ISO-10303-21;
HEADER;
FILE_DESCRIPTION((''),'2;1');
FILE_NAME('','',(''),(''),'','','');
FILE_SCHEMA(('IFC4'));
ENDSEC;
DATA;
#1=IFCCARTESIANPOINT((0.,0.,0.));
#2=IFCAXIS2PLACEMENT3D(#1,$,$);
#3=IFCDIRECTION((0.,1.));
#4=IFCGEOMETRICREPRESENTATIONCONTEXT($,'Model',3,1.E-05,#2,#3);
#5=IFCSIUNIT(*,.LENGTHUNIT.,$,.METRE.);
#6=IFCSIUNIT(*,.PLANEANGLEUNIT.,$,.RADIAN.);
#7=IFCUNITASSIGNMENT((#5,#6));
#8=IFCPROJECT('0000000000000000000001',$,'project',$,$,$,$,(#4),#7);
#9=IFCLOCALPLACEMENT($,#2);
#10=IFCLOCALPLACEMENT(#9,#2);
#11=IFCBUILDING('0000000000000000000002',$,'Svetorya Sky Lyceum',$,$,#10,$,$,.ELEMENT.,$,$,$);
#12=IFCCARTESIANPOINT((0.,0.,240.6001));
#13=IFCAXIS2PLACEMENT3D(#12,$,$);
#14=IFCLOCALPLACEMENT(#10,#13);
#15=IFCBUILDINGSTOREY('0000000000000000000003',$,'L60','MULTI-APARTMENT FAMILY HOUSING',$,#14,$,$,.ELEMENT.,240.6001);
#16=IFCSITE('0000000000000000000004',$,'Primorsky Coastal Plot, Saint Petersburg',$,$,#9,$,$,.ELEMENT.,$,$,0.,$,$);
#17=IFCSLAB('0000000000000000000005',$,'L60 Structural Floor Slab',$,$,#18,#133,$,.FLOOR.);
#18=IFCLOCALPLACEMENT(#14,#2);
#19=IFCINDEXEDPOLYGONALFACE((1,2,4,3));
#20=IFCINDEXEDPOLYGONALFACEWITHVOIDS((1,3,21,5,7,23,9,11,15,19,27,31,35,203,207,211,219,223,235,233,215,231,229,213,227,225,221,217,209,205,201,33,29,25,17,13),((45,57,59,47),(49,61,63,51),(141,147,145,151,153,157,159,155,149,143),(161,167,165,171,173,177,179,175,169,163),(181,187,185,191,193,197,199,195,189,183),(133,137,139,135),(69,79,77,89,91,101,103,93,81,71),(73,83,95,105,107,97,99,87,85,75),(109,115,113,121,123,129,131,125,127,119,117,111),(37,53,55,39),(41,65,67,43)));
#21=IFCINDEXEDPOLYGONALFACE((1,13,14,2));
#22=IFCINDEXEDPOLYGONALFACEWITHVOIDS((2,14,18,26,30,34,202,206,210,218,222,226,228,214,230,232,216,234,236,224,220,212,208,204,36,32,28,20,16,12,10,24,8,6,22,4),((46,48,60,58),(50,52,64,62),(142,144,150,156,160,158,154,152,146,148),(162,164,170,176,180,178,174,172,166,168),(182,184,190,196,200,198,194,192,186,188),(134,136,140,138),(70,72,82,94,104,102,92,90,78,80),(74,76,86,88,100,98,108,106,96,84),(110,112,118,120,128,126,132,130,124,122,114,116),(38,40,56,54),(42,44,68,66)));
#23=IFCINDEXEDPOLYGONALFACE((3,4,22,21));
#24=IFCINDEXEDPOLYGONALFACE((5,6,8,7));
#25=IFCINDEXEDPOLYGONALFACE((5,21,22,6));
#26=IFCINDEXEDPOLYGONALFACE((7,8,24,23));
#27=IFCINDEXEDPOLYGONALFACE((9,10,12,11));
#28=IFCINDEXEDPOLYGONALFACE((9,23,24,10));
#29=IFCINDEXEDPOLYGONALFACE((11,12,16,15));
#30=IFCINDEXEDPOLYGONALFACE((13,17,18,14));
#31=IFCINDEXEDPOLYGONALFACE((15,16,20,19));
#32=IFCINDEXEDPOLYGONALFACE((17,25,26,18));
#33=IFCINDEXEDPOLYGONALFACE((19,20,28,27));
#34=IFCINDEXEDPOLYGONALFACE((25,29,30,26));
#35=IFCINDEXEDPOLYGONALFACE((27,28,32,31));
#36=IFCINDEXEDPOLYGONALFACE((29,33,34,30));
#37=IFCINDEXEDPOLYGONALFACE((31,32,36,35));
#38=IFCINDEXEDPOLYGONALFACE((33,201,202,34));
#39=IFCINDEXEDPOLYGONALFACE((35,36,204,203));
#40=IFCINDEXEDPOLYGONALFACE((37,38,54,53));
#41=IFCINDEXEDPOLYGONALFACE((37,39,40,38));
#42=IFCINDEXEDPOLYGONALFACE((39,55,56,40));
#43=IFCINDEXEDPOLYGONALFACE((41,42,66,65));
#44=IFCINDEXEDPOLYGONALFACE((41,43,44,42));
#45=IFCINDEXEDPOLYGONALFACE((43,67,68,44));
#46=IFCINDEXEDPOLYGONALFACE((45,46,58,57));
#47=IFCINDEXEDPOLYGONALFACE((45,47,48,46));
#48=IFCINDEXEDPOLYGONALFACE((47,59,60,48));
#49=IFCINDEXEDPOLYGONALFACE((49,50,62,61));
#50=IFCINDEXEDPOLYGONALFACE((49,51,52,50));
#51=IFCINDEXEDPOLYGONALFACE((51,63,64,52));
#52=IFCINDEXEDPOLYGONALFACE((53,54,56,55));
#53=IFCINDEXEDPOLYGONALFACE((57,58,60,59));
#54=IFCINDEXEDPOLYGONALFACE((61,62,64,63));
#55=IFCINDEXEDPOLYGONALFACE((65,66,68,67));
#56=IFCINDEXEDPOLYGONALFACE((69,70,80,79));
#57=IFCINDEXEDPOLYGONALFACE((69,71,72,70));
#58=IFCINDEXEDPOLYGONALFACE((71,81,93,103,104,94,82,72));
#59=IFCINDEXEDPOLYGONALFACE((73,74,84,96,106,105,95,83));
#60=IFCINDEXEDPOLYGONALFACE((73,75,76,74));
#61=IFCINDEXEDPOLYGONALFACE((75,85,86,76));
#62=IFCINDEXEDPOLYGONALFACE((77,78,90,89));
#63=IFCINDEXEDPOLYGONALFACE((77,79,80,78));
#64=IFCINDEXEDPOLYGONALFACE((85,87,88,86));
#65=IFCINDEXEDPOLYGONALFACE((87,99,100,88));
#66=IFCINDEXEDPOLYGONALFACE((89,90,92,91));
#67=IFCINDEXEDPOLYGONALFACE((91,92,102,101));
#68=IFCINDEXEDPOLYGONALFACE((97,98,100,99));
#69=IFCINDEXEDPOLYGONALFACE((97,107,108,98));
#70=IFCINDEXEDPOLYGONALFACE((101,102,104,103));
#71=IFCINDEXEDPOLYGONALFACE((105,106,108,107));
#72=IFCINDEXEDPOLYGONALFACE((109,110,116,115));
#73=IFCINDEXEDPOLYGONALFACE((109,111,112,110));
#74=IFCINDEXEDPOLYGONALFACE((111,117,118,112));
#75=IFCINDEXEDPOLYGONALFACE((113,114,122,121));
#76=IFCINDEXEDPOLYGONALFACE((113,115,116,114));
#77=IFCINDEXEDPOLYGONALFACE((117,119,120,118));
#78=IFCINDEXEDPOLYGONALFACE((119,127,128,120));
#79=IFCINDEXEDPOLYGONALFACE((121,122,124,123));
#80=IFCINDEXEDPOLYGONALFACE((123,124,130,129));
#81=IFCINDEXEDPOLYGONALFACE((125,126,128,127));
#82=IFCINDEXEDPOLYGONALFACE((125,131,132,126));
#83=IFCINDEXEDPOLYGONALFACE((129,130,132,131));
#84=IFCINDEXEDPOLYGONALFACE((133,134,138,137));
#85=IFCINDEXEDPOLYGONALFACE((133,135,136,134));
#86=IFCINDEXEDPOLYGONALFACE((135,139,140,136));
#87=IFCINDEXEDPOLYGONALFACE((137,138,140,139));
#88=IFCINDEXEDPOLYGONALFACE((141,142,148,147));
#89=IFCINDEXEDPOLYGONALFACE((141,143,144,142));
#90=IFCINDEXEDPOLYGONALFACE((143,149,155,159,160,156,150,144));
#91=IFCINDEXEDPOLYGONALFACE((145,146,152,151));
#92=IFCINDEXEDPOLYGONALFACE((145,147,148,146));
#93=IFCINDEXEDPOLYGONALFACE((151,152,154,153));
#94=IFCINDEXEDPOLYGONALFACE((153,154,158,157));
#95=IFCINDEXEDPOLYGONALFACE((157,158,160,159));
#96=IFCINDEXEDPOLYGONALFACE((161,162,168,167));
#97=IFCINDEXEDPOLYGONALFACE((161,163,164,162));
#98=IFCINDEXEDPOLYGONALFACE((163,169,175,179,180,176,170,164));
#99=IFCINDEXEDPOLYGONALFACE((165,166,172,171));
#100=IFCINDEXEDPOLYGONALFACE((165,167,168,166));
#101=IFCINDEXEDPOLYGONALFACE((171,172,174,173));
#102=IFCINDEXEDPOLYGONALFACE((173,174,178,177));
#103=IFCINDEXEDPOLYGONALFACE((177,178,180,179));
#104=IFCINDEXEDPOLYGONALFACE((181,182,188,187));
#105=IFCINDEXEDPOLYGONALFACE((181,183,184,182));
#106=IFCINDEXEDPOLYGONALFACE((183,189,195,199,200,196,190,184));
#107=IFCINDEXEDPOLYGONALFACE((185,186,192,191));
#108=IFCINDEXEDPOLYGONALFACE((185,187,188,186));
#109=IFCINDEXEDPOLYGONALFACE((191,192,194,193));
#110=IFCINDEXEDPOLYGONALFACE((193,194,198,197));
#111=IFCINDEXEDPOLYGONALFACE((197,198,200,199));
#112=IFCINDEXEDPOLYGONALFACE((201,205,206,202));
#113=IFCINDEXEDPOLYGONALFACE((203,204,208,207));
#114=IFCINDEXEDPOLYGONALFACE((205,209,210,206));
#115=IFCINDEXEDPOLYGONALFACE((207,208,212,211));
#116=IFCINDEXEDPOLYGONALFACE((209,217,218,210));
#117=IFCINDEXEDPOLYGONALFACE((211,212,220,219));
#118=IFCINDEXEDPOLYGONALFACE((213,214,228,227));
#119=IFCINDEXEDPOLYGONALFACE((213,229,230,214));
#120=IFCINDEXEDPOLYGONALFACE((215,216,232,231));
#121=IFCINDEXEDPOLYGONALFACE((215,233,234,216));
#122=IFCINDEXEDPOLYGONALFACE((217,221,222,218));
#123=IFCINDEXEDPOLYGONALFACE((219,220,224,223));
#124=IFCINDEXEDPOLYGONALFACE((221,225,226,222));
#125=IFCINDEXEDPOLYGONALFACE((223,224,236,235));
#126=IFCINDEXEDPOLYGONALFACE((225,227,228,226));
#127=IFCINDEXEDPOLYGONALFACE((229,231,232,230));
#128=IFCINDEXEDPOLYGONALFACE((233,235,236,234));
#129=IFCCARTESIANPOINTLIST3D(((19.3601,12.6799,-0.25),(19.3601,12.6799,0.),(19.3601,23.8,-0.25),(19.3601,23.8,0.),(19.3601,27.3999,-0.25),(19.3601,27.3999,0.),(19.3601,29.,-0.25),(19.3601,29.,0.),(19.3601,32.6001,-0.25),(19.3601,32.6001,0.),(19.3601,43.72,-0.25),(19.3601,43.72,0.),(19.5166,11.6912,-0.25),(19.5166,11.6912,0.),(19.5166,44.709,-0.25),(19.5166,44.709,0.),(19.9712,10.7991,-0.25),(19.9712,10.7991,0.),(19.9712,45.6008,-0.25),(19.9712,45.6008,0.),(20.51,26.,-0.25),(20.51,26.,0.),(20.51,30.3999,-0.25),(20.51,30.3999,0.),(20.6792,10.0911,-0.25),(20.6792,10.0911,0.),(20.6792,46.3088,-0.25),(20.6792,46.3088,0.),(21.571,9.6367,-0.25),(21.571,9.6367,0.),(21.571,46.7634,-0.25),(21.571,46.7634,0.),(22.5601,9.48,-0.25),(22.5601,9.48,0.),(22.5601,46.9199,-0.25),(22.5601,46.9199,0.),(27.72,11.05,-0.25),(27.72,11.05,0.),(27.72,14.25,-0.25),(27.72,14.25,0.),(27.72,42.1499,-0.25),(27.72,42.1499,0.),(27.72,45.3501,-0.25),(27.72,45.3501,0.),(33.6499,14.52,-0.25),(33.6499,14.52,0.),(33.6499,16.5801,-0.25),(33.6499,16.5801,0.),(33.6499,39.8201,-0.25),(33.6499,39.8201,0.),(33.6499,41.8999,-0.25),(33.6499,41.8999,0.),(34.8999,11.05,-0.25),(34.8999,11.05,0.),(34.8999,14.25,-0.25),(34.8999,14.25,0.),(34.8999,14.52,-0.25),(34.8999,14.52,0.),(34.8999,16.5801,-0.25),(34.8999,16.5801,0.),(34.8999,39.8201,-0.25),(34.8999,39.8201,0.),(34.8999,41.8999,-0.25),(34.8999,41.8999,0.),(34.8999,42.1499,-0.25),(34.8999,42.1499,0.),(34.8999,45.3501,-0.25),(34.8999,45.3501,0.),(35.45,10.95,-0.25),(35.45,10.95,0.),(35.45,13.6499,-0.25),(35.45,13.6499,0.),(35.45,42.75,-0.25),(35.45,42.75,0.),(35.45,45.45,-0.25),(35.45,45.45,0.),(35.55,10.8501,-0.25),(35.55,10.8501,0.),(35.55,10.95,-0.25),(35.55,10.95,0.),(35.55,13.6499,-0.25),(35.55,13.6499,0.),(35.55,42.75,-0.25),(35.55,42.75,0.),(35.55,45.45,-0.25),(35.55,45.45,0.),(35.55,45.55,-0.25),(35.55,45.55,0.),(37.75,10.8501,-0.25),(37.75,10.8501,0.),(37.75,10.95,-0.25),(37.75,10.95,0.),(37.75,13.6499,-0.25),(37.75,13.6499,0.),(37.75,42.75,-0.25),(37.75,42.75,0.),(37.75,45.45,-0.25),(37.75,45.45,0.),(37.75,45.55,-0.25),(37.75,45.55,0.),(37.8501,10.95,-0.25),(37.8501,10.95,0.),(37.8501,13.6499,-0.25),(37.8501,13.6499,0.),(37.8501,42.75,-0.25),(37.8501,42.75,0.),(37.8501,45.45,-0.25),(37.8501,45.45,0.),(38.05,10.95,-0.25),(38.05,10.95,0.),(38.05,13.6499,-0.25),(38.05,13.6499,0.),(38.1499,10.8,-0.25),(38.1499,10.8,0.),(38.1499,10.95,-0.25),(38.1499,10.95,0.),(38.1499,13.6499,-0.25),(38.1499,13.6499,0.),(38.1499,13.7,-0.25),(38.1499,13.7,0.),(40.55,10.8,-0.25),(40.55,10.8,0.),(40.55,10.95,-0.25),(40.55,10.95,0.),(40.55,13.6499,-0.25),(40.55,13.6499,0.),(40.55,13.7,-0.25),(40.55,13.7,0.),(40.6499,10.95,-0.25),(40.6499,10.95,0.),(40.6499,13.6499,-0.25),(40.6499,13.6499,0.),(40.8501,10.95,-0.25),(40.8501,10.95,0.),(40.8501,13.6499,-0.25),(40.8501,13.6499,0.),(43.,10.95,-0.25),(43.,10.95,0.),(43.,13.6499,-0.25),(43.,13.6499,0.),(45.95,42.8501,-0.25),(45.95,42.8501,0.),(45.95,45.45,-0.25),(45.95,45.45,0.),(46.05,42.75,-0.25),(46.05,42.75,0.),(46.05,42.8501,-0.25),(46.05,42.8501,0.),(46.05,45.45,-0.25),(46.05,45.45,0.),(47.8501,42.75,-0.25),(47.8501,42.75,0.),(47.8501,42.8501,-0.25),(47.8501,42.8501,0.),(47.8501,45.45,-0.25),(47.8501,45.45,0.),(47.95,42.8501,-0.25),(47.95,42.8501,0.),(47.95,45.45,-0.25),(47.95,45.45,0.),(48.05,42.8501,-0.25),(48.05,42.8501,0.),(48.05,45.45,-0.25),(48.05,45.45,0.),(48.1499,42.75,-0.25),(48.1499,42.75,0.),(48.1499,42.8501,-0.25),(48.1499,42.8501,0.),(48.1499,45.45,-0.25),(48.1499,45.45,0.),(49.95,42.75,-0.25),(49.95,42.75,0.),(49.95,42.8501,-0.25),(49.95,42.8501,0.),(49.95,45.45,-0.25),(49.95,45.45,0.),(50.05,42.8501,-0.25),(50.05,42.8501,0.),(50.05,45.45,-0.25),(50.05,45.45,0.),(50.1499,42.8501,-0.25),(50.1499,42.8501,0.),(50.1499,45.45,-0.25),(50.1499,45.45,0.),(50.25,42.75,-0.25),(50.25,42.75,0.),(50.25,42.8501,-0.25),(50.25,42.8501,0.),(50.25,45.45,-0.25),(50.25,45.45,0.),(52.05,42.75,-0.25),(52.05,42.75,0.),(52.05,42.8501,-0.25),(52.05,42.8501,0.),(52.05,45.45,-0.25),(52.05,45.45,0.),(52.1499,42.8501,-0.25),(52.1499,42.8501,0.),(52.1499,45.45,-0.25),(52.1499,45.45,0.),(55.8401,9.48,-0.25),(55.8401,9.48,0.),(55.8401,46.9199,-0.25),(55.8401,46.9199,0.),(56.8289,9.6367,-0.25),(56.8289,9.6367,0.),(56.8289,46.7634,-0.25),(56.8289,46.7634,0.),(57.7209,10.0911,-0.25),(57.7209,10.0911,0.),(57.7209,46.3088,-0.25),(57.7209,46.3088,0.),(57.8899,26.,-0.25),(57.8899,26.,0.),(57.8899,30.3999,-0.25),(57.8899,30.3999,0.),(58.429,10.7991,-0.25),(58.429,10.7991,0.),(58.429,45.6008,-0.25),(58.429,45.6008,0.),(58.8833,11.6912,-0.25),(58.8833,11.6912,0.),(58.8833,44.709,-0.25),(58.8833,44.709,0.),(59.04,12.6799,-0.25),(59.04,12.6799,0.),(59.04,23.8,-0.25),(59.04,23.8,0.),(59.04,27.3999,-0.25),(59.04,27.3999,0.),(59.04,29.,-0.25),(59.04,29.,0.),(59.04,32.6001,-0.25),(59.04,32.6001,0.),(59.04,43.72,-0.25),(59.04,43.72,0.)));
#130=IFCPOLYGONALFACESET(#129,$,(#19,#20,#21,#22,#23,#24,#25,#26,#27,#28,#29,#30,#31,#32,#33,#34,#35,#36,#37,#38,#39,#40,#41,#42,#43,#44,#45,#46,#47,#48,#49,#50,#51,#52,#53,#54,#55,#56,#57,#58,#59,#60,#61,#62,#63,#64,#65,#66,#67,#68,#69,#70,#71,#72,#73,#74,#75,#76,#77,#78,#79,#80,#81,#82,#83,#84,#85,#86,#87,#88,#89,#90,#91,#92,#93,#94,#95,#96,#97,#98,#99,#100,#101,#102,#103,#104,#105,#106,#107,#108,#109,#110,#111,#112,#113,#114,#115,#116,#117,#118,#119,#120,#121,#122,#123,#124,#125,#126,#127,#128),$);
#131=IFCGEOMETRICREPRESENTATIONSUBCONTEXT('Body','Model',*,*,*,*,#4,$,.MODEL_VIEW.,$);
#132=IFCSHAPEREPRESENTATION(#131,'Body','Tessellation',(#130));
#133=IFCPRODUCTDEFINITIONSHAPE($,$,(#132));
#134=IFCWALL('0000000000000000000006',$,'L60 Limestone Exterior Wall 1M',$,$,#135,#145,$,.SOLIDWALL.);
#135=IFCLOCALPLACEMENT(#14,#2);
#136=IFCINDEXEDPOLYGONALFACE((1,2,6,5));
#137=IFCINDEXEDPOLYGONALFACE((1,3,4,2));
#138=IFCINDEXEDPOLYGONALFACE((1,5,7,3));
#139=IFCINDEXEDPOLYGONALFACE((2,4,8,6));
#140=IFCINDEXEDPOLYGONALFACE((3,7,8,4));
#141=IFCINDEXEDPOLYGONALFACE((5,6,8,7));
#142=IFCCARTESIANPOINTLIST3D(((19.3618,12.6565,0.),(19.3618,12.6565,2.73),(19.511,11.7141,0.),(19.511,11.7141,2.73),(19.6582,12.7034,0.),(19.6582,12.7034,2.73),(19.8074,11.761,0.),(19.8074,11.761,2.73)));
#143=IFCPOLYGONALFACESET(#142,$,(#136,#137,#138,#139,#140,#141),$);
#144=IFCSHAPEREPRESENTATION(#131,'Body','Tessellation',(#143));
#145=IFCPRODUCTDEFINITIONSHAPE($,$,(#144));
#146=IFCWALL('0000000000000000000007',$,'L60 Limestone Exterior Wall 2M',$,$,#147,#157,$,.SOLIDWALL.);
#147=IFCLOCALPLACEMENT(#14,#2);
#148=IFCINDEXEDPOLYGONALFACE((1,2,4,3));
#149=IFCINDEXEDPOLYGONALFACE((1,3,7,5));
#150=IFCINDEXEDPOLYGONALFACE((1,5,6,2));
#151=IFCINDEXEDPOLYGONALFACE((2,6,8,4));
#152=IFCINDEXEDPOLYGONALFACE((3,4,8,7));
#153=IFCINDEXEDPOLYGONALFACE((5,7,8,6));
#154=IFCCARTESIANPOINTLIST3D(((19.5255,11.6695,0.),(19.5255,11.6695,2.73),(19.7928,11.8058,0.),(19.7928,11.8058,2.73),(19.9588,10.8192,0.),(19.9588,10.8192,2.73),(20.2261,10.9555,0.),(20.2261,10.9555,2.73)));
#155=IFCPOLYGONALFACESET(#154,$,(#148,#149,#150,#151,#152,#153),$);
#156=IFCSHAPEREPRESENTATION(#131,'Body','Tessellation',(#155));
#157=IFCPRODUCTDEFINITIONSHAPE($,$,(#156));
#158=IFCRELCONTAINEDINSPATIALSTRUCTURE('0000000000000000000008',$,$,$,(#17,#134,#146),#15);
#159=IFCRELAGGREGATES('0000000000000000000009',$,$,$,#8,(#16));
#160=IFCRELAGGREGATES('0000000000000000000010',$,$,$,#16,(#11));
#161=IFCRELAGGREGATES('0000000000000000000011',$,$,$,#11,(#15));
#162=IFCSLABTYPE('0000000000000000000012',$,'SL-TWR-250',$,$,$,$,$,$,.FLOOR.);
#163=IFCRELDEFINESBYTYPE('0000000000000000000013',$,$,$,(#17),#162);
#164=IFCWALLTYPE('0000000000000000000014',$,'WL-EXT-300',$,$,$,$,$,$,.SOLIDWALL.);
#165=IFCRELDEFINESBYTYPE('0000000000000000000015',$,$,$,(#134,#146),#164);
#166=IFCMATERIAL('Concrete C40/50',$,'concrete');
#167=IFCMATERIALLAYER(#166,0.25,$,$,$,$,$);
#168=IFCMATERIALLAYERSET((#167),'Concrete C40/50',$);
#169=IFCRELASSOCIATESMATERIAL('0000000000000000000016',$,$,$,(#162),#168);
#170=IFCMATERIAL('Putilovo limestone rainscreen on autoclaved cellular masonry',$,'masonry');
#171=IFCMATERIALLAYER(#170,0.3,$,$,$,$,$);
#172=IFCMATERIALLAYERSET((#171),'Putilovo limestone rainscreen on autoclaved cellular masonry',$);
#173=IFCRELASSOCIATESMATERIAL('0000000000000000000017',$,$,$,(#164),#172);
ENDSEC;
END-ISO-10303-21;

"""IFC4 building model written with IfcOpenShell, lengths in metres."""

from ifc_helpers import new_model, si_unit, direction, frame, frame_2d, origin, place, context, subcontext, project, spatial, polyline, rectangle, outline, extrude, material, layer, layer_set, type_object, element, save


model = new_model("IFC4")

# Units and contexts
model_context = context("Model", 3, precision=1e-05, world=origin(), true_north=direction((0.0, 1.0)))
body_context = subcontext(model_context, "Body", "Model", "MODEL_VIEW")
ifc_project = project(units=[si_unit("LENGTHUNIT", "METRE"), si_unit("PLANEANGLEUNIT", "RADIAN")], contexts=[model_context])

# Site, building, storey
site_placement = place(None, origin())
site = spatial("IfcSite", under=ifc_project, at=site_placement, Name="Primorsky Coastal Plot, Saint Petersburg", CompositionType="ELEMENT", RefElevation=0.0)
building_placement = place(site_placement, origin())
building = spatial("IfcBuilding", under=site, at=building_placement, Name="Svetorya Sky Lyceum", CompositionType="ELEMENT")
storey_placement = place(building_placement, frame((0.0, 0.0, 240.6001)))
storey = spatial("IfcBuildingStorey", under=building, at=storey_placement, Name="L60", Description="MULTI-APARTMENT FAMILY HOUSING", CompositionType="ELEMENT", Elevation=240.6001)

# Shared definitions
ifc_material_1 = material(Name="Concrete C40/50", Category="concrete")

# Slab
ifc_layer_1 = layer(ifc_material_1, 0.25)
ifc_layer_set_1 = layer_set([ifc_layer_1], Name="Concrete C40/50")
slab_type_1 = type_object("IfcSlabType", Name="SL-TWR-250", PredefinedType="FLOOR", material=ifc_layer_set_1)
slab_1_placement = place(storey_placement, frame((0.0, 0.0, -0.25)))
element("IfcSlab", 1, at=slab_1_placement, inside=storey, type_object=slab_type_1, Name="L60 Structural Floor Slab", PredefinedType="FLOOR", context=body_context, shape_type="SweptSolid", body=[
    extrude(outline(polyline([(19.3601, 12.6799), (19.5166, 11.6912), (19.9712, 10.7991), (20.6792, 10.0911), (21.571, 9.6367), (22.5601, 9.48), (55.8401, 9.48), (56.8289, 9.6367), (57.7209, 10.0911), (58.429, 10.7991), (58.8833, 11.6912), (59.04, 12.6799), (59.04, 23.8), (57.8899, 26.0), (59.04, 27.3999), (59.04, 29.0), (57.8899, 30.3999), (59.04, 32.6001), (59.04, 43.72), (58.8833, 44.709), (58.429, 45.6008), (57.7209, 46.3088), (56.8289, 46.7634), (55.8401, 46.9199), (22.5601, 46.9199), (21.571, 46.7634), (20.6792, 46.3088), (19.9712, 45.6008), (19.5166, 44.709), (19.3601, 43.72), (19.3601, 32.6001), (20.51, 30.3999), (19.3601, 29.0), (19.3601, 27.3999), (20.51, 26.0), (19.3601, 23.8), (19.3601, 12.6799)]), holes=[polyline([(37.8501, 10.95), (37.75, 10.95), (37.75, 10.8501), (35.55, 10.8501), (35.55, 10.95), (35.45, 10.95), (35.45, 13.6499), (35.55, 13.6499), (37.75, 13.6499), (37.8501, 13.6499), (37.8501, 10.95)]), polyline([(38.1499, 10.8), (38.1499, 10.95), (38.05, 10.95), (38.05, 13.6499), (38.1499, 13.6499), (38.1499, 13.7), (40.55, 13.7), (40.55, 13.6499), (40.6499, 13.6499), (40.6499, 10.95), (40.55, 10.95), (40.55, 10.8), (38.1499, 10.8)]), polyline([(27.72, 11.05), (27.72, 14.25), (34.8999, 14.25), (34.8999, 11.05), (27.72, 11.05)]), polyline([(33.6499, 14.52), (33.6499, 16.5801), (34.8999, 16.5801), (34.8999, 14.52), (33.6499, 14.52)]), polyline([(33.6499, 39.8201), (33.6499, 41.8999), (34.8999, 41.8999), (34.8999, 39.8201), (33.6499, 39.8201)]), polyline([(27.72, 42.1499), (27.72, 45.3501), (34.8999, 45.3501), (34.8999, 42.1499), (27.72, 42.1499)]), polyline([(37.75, 42.75), (35.55, 42.75), (35.45, 42.75), (35.45, 45.45), (35.55, 45.45), (35.55, 45.55), (37.75, 45.55), (37.75, 45.45), (37.8501, 45.45), (37.8501, 42.75), (37.75, 42.75)]), polyline([(40.8501, 10.95), (40.8501, 13.6499), (43.0, 13.6499), (43.0, 10.95), (40.8501, 10.95)]), polyline([(46.05, 42.75), (46.05, 42.8501), (45.95, 42.8501), (45.95, 45.45), (46.05, 45.45), (47.8501, 45.45), (47.95, 45.45), (47.95, 42.8501), (47.8501, 42.8501), (47.8501, 42.75), (46.05, 42.75)]), polyline([(50.05, 42.8501), (49.95, 42.8501), (49.95, 42.75), (48.1499, 42.75), (48.1499, 42.8501), (48.05, 42.8501), (48.05, 45.45), (48.1499, 45.45), (49.95, 45.45), (50.05, 45.45), (50.05, 42.8501)]), polyline([(52.1499, 42.8501), (52.05, 42.8501), (52.05, 42.75), (50.25, 42.75), (50.25, 42.8501), (50.1499, 42.8501), (50.1499, 45.45), (50.25, 45.45), (52.05, 45.45), (52.1499, 45.45), (52.1499, 42.8501)])]), origin(), (0.0, 0.0, 1.0), 0.25),
])

# Walls
ifc_material_2 = material(Name="Putilovo limestone rainscreen on autoclaved cellular masonry", Category="masonry")
ifc_layer_2 = layer(ifc_material_2, 0.3)
ifc_layer_set_2 = layer_set([ifc_layer_2], Name="Putilovo limestone rainscreen on autoclaved cellular masonry")
wall_type_1 = type_object("IfcWallType", Name="WL-EXT-300", PredefinedType="SOLIDWALL", material=ifc_layer_set_2)
wall_1_placement = place(storey_placement, frame((19.51, 12.6799, 0.0), z_axis=(0.0, 0.0, 1.0), x_axis=(0.156344, -0.987703, 0.0)))
element("IfcWall", 2, at=wall_1_placement, inside=storey, type_object=wall_type_1, Name="L60 Limestone Exterior Wall 1M", PredefinedType="SOLIDWALL", context=body_context, shape_type="SweptSolid", body=[
    extrude(rectangle(XDim=0.9541, YDim=0.3, at=frame_2d((0.4771, 0.0))), origin(), (0.0, 0.0, 1.0), 2.73),
])
wall_2_placement = place(storey_placement, frame((19.6592, 11.7375, 0.0), z_axis=(0.0, 0.0, 1.0), x_axis=(0.454056, -0.890973, 0.0)))
element("IfcWall", 3, at=wall_2_placement, inside=storey, type_object=wall_type_1, Name="L60 Limestone Exterior Wall 2M", PredefinedType="SOLIDWALL", context=body_context, shape_type="SweptSolid", body=[
    extrude(rectangle(XDim=0.9543, YDim=0.3, at=frame_2d((0.4771, 0.0))), origin(), (0.0, 0.0, 1.0), 2.73),
])

save(model, "model.ifc")
